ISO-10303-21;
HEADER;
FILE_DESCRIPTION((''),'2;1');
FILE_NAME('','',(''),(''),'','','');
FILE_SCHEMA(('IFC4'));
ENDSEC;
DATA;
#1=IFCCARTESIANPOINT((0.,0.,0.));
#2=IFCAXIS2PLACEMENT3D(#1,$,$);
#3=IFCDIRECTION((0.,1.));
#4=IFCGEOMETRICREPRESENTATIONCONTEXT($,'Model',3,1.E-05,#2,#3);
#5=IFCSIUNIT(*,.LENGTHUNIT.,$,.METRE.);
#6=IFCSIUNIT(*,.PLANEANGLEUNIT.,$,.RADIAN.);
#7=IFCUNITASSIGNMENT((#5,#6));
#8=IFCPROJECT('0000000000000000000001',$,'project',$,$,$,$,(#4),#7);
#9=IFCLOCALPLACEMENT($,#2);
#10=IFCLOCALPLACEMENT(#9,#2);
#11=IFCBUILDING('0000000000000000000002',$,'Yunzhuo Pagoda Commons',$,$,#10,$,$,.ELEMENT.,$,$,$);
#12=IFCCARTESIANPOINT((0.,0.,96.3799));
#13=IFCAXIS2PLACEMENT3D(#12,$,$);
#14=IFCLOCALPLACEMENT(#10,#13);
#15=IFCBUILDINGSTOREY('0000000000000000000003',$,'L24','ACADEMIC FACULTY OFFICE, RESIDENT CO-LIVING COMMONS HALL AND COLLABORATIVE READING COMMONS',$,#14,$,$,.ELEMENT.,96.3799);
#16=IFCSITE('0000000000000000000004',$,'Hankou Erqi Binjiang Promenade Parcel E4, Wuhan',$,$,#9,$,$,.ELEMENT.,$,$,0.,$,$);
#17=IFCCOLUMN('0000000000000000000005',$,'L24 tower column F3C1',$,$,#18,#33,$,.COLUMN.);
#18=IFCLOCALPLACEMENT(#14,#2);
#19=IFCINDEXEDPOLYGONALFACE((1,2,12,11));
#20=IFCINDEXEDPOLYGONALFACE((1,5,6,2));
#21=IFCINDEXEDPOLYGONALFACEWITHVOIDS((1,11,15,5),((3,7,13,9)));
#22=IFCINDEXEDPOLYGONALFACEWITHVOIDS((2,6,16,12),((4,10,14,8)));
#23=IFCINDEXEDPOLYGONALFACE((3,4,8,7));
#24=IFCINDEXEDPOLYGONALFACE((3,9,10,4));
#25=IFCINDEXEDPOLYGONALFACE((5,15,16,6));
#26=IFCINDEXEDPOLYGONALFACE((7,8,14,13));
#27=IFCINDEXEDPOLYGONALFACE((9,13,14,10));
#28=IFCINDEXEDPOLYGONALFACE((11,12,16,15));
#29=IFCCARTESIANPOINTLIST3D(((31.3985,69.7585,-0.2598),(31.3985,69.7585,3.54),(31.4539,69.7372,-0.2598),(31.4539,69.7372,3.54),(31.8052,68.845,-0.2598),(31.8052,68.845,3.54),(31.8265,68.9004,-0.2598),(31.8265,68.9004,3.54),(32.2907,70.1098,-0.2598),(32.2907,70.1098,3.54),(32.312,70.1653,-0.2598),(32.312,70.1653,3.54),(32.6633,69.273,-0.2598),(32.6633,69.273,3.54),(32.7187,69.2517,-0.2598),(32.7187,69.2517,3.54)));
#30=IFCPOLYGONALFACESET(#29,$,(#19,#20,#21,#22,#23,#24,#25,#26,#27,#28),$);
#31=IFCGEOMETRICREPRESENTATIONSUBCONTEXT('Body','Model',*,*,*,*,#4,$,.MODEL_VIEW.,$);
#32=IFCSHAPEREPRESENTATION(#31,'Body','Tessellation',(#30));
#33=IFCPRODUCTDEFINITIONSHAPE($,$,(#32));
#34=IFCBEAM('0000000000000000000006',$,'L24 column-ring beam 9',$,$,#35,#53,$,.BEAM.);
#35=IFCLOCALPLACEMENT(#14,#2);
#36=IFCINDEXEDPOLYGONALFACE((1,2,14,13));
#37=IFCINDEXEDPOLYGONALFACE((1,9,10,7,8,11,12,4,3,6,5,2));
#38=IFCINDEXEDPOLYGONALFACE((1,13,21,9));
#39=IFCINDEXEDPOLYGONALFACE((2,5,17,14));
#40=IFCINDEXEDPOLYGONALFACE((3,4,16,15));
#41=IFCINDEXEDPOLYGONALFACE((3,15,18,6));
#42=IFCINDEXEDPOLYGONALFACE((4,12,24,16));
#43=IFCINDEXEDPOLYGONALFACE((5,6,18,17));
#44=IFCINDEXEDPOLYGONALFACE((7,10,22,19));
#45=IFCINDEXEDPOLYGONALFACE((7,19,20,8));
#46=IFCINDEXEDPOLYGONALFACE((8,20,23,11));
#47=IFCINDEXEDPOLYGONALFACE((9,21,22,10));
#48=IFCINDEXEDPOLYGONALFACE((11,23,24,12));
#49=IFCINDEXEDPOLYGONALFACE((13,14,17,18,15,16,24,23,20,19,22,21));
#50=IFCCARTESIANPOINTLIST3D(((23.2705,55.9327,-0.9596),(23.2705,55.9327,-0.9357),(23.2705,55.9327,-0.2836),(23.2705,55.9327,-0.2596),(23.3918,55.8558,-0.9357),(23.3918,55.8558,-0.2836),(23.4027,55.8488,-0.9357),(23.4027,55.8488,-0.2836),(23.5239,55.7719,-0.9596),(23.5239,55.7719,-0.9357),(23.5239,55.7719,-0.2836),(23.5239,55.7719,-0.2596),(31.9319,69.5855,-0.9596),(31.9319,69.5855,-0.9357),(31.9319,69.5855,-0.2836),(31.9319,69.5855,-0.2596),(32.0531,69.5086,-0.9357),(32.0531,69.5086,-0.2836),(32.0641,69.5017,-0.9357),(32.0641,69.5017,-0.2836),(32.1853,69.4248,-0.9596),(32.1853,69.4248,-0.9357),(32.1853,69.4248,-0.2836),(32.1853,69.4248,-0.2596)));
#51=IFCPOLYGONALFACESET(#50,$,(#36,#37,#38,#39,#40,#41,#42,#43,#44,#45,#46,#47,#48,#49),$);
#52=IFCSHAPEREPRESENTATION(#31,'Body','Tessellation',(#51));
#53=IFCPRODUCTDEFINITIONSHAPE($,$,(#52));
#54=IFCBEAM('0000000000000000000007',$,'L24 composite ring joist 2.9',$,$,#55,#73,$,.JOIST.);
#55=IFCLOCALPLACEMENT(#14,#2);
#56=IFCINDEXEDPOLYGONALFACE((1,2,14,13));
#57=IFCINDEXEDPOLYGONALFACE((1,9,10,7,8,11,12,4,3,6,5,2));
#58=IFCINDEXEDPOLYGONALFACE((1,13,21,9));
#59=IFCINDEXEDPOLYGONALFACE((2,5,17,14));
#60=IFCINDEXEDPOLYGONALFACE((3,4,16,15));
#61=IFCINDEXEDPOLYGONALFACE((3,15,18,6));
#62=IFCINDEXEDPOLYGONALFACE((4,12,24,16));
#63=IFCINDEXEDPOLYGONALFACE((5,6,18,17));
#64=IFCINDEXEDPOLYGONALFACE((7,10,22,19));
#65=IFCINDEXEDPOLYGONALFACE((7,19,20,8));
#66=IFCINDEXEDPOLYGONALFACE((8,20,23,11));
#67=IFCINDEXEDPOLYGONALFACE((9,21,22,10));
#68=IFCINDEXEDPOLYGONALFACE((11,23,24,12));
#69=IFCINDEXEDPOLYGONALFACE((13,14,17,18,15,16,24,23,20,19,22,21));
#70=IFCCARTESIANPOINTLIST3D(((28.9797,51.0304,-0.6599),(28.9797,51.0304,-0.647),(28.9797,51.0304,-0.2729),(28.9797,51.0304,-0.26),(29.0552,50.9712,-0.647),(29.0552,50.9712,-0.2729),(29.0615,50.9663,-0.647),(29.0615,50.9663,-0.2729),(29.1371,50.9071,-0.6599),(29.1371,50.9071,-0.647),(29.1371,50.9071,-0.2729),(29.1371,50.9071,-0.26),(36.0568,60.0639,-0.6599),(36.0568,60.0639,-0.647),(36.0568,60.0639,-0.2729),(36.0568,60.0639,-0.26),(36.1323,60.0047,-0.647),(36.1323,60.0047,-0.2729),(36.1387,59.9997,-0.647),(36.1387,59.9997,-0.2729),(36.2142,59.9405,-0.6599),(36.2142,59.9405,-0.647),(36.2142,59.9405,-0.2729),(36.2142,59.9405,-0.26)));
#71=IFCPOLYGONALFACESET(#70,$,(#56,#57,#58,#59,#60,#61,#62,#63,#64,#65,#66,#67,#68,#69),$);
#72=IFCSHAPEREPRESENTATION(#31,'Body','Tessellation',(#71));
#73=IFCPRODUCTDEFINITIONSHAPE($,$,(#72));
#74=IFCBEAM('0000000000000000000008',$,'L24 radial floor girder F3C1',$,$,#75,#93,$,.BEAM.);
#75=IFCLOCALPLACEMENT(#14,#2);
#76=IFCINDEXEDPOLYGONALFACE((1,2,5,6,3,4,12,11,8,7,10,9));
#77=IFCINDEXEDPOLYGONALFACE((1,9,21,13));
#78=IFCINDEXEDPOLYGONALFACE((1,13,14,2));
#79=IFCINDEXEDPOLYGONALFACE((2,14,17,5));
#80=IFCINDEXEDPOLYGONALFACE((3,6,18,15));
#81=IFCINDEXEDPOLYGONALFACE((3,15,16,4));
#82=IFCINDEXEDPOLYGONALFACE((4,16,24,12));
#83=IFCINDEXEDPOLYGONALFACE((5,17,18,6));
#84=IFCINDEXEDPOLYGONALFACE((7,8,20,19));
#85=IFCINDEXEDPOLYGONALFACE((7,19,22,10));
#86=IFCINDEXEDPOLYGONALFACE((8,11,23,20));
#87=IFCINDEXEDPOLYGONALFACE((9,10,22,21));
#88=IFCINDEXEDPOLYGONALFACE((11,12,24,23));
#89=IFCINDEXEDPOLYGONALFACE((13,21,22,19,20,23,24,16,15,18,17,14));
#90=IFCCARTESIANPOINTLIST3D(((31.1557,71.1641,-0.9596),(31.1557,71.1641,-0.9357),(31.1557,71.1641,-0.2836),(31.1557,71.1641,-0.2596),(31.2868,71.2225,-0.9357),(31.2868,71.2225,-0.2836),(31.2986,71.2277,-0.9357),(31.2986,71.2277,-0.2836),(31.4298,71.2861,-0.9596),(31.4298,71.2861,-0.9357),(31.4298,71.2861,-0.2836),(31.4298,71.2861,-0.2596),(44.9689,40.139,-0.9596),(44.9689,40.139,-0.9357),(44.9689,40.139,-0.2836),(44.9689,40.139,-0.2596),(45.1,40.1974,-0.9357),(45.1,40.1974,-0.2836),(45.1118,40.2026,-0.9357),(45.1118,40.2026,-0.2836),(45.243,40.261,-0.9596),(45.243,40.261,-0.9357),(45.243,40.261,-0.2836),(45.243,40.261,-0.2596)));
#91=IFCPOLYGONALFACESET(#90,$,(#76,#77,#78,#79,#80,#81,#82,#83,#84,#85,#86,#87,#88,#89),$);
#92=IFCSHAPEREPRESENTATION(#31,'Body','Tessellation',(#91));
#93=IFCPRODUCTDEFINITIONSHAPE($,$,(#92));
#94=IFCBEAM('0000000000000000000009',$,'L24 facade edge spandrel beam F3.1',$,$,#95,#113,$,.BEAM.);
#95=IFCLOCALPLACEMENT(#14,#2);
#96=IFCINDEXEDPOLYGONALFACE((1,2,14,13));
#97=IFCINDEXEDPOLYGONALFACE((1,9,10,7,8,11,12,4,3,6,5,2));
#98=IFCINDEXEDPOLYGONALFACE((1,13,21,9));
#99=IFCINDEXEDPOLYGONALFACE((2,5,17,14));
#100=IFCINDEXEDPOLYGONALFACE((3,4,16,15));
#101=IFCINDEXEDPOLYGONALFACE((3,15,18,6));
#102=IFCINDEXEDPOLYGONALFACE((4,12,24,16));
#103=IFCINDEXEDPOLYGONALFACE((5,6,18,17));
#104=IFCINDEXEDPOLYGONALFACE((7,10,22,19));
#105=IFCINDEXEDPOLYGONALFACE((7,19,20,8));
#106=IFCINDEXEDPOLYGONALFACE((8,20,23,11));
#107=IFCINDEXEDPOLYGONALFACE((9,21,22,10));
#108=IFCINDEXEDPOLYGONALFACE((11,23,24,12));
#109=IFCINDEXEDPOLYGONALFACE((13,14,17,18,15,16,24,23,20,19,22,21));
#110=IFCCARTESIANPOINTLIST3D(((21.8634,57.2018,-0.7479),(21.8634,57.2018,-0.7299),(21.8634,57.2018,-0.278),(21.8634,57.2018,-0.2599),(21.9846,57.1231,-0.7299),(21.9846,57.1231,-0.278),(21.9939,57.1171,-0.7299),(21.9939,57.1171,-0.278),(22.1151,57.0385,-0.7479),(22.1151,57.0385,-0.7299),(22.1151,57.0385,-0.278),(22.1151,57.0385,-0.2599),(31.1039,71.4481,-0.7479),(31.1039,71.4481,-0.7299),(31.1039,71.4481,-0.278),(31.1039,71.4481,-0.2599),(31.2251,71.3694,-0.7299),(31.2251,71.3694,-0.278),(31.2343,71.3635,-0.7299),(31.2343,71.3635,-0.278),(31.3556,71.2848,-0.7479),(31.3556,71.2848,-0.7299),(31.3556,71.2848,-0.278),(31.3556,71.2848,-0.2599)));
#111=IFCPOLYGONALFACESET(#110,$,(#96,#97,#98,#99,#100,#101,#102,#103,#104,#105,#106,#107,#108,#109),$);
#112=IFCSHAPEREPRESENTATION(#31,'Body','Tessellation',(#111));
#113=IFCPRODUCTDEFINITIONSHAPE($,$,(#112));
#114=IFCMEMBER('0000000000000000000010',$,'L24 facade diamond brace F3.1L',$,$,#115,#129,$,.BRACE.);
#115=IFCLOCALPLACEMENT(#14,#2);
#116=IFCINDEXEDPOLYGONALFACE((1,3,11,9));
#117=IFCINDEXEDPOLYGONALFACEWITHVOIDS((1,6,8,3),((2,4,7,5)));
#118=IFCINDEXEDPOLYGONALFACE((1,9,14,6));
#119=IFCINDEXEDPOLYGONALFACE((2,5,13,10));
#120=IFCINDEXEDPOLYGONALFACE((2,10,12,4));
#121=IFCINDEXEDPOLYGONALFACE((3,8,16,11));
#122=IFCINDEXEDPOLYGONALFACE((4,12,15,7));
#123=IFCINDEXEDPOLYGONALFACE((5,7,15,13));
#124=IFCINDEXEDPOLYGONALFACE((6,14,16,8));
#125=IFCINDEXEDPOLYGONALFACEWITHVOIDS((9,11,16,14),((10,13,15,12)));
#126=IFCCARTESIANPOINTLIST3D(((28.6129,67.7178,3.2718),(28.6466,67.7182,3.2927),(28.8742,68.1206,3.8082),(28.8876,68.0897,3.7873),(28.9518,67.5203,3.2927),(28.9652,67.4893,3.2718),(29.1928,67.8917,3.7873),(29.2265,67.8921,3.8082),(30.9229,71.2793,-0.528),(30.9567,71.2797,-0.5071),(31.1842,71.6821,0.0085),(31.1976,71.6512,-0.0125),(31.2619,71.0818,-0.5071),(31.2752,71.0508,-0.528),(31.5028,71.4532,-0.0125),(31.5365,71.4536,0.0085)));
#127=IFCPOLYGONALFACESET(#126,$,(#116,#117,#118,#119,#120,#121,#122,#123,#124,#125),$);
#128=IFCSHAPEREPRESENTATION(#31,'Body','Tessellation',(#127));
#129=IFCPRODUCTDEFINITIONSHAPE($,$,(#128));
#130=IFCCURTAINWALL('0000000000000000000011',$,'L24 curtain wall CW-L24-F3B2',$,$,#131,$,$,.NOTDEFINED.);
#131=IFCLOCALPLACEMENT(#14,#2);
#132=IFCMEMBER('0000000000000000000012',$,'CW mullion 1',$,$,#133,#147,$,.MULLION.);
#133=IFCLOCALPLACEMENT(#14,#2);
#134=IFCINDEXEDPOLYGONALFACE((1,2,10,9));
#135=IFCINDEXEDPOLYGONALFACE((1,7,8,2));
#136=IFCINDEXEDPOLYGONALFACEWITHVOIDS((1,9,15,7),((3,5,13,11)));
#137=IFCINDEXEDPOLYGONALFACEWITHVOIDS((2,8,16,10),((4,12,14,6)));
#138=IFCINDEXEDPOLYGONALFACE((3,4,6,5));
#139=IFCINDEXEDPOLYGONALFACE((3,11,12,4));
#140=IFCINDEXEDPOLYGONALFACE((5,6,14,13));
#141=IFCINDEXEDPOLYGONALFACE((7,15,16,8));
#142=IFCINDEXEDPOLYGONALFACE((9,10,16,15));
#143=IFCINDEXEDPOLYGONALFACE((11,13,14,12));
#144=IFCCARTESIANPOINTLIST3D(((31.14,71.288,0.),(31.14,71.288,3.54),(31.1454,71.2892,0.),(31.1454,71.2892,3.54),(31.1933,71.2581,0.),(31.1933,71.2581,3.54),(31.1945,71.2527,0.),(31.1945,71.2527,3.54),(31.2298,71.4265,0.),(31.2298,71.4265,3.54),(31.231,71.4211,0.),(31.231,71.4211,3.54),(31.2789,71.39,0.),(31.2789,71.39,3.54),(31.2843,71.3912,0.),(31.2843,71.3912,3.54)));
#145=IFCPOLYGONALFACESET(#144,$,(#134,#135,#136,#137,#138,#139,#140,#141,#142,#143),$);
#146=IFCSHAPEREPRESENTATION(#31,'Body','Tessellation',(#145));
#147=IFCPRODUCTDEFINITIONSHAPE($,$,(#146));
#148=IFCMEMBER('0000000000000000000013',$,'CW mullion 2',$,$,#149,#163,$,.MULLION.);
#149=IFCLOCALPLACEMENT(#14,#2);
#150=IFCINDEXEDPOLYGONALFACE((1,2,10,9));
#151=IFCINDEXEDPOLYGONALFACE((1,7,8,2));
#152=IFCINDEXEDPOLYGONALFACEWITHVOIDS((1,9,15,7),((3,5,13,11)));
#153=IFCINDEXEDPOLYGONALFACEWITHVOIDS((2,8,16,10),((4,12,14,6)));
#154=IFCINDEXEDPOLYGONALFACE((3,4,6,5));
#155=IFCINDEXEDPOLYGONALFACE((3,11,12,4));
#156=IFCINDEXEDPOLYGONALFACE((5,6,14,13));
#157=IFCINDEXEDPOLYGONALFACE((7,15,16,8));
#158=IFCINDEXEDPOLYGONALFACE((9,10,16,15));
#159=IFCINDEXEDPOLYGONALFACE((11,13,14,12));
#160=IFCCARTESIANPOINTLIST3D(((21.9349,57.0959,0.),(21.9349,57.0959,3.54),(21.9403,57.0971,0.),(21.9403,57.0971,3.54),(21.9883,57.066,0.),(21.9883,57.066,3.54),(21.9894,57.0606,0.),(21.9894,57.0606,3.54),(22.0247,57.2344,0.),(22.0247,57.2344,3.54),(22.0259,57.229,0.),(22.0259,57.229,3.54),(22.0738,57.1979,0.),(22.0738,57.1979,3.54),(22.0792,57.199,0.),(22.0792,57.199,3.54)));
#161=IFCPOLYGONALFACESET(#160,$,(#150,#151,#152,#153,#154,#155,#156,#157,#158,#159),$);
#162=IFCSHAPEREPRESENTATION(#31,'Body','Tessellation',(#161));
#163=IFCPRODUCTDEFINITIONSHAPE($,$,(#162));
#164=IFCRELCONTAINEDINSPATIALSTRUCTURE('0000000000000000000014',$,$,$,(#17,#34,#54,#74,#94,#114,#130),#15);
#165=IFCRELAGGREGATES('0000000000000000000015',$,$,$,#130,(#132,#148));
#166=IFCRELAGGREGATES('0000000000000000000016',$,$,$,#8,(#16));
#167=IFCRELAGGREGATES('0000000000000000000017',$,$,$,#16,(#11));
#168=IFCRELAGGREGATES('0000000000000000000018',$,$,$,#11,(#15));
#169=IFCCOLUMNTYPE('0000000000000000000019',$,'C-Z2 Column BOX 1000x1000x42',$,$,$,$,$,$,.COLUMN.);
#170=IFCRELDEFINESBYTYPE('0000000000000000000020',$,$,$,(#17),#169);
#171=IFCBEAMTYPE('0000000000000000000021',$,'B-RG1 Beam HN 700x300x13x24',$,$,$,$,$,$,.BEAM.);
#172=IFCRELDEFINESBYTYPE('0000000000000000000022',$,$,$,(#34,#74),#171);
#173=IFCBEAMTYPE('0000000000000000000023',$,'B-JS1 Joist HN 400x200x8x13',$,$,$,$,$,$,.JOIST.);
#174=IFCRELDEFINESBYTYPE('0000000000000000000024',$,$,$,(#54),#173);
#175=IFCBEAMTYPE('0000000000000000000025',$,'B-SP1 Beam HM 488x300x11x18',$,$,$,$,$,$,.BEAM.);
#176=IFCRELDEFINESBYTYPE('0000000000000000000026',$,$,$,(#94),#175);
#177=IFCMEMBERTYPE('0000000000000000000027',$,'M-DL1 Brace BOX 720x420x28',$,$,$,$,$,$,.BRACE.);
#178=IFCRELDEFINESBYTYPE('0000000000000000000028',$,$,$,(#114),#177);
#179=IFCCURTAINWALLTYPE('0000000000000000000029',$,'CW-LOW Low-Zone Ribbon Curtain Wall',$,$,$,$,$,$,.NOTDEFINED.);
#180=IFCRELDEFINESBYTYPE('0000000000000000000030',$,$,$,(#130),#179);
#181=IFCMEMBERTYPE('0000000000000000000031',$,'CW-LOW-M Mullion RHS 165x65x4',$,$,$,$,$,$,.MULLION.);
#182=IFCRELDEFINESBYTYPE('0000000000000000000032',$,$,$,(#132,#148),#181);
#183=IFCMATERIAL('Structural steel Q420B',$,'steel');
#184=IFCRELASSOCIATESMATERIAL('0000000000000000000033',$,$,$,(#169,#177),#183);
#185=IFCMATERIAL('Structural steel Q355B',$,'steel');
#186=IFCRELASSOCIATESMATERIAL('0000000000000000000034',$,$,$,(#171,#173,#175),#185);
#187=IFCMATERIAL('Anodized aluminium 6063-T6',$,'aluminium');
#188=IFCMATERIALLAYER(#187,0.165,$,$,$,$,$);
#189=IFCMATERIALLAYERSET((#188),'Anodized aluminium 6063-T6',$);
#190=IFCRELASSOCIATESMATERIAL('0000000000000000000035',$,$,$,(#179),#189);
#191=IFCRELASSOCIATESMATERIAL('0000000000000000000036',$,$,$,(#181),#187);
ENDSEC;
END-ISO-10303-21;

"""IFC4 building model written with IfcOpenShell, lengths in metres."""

from ifc_helpers import new_model, si_unit, direction, frame, origin, origin_2d, place, context, subcontext, project, spatial, hollow_rectangle, i_section, extrude, source, transform, mapped, material, layer, layer_set, material_profile, profile_set, type_object, element, aggregate, save


model = new_model("IFC4")

# Units and contexts
model_context = context("Model", 3, precision=1e-05, world=origin(), true_north=direction((0.0, 1.0)))
body_context = subcontext(model_context, "Body", "Model", "MODEL_VIEW")
ifc_project = project(units=[si_unit("LENGTHUNIT", "METRE"), si_unit("PLANEANGLEUNIT", "RADIAN")], contexts=[model_context])

# Site, building, storey
site_placement = place(None, origin())
site = spatial("IfcSite", under=ifc_project, at=site_placement, Name="Hankou Erqi Binjiang Promenade Parcel E4, Wuhan", CompositionType="ELEMENT", RefElevation=0.0)
building_placement = place(site_placement, origin())
building = spatial("IfcBuilding", under=site, at=building_placement, Name="Yunzhuo Pagoda Commons", CompositionType="ELEMENT")
storey_placement = place(building_placement, frame((0.0, 0.0, 96.3799)))
storey = spatial("IfcBuildingStorey", under=building, at=storey_placement, Name="L24", Description="ACADEMIC FACULTY OFFICE, RESIDENT CO-LIVING COMMONS HALL AND COLLABORATIVE READING COMMONS", CompositionType="ELEMENT", Elevation=96.3799)

# Column
ifc_material_1 = material(Name="Structural steel Q420B", Category="steel")
ifc_material_profile_1 = material_profile(ifc_material_1, hollow_rectangle(XDim=1.0, YDim=1.0, WallThickness=0.042, at=origin_2d()), Name="Structural steel Q420B")
ifc_profile_set_1 = profile_set([ifc_material_profile_1], Name="Structural steel Q420B")
column_type = type_object("IfcColumnType", Name="C-Z2 Column BOX 1000x1000x42", PredefinedType="COLUMN", material=ifc_profile_set_1)
shared_shape_1 = source(origin(), body_context, "Body", "SweptSolid", [
    extrude(hollow_rectangle(XDim=1.0, YDim=1.0, WallThickness=0.042, at=origin_2d()), origin(), (0.0, 0.0, 1.0), 3.7998),
])
column_placement = place(storey_placement, frame((32.0586, 69.5051, -0.2598), z_axis=(0.0, 0.0, 1.0), x_axis=(-0.913545, -0.406737, 0.0)))
element("IfcColumn", 1, at=column_placement, inside=storey, type_object=column_type, Name="L24 tower column F3C1", PredefinedType="COLUMN", context=body_context, shape_type="MappedRepresentation", body=[
    mapped(shared_shape_1, transform((0.0, 0.0, 0.0), scale=1.0)),
])

# Beams
ifc_material_2 = material(Name="Structural steel Q355B", Category="steel")
ifc_material_profile_2 = material_profile(ifc_material_2, i_section(OverallWidth=0.3, OverallDepth=0.7, WebThickness=0.0129, FlangeThickness=0.0239, at=origin_2d()), Name="Structural steel Q355B")
ifc_profile_set_2 = profile_set([ifc_material_profile_2], Name="Structural steel Q355B")
beam_type_1 = type_object("IfcBeamType", Name="B-RG1 Beam HN 700x300x13x24", PredefinedType="BEAM", material=ifc_profile_set_2)
shared_shape_2 = source(origin(), body_context, "Body", "SweptSolid", [
    extrude(i_section(OverallWidth=0.3, OverallDepth=0.7, WebThickness=0.0129, FlangeThickness=0.0239, at=origin_2d()), origin(), (0.0, 0.0, 1.0), 16.1685),
])
beam_1_placement = place(storey_placement, frame((32.0586, 69.5051, -0.6096), z_axis=(-0.535696, -0.844411, 0.0), x_axis=(0.844411, -0.535696, 0.0)))
element("IfcBeam", 2, at=beam_1_placement, inside=storey, type_object=beam_type_1, Name="L24 column-ring beam 9", PredefinedType="BEAM", context=body_context, shape_type="MappedRepresentation", body=[
    mapped(shared_shape_2, transform((0.0, 0.0, 0.0), scale=1.0)),
])
ifc_material_profile_3 = material_profile(ifc_material_2, i_section(OverallWidth=0.2, OverallDepth=0.3999, WebThickness=0.0081, FlangeThickness=0.0129, at=origin_2d()), Name="Structural steel Q355B")
ifc_profile_set_3 = profile_set([ifc_material_profile_3], Name="Structural steel Q355B")
beam_type_2 = type_object("IfcBeamType", Name="B-JS1 Joist HN 400x200x8x13", PredefinedType="JOIST", material=ifc_profile_set_3)
shared_shape_3 = source(origin(), body_context, "Body", "SweptSolid", [
    extrude(i_section(OverallWidth=0.2, OverallDepth=0.3999, WebThickness=0.0081, FlangeThickness=0.0129, at=origin_2d()), origin(), (0.0, 0.0, 1.0), 11.4756),
])
beam_2_placement = place(storey_placement, frame((36.1355, 60.0022, -0.46), z_axis=(-0.616713, -0.787188, 0.0), x_axis=(0.787188, -0.616713, 0.0)))
element("IfcBeam", 3, at=beam_2_placement, inside=storey, type_object=beam_type_2, Name="L24 composite ring joist 2.9", PredefinedType="JOIST", context=body_context, shape_type="MappedRepresentation", body=[
    mapped(shared_shape_3, transform((0.0, 0.0, 0.0), scale=1.0)),
])
shared_shape_4 = source(origin(), body_context, "Body", "SweptSolid", [
    extrude(i_section(OverallWidth=0.3, OverallDepth=0.7, WebThickness=0.0129, FlangeThickness=0.0239, at=origin_2d()), origin(), (0.0, 0.0, 1.0), 33.9612),
])
beam_3_placement = place(storey_placement, frame((31.2927, 71.2251, -0.6096), z_axis=(0.406735, -0.913546, 0.0), x_axis=(0.913546, 0.406735, 0.0)))
element("IfcBeam", 4, at=beam_3_placement, inside=storey, type_object=beam_type_1, Name="L24 radial floor girder F3C1", PredefinedType="BEAM", context=body_context, shape_type="MappedRepresentation", body=[
    mapped(shared_shape_4, transform((0.0, 0.0, 0.0), scale=1.0)),
])
ifc_material_profile_4 = material_profile(ifc_material_2, i_section(OverallWidth=0.3, OverallDepth=0.488, WebThickness=0.011, FlangeThickness=0.0181, at=origin_2d()), Name="Structural steel Q355B")
ifc_profile_set_4 = profile_set([ifc_material_profile_4], Name="Structural steel Q355B")
beam_type_3 = type_object("IfcBeamType", Name="B-SP1 Beam HM 488x300x11x18", PredefinedType="BEAM", material=ifc_profile_set_4)
shared_shape_5 = source(origin(), body_context, "Body", "SweptSolid", [
    extrude(i_section(OverallWidth=0.3, OverallDepth=0.488, WebThickness=0.011, FlangeThickness=0.0181, at=origin_2d()), origin(), (0.0, 0.0, 1.0), 16.9807),
])
beam_4_placement = place(storey_placement, frame((31.2297, 71.3665, -0.5039), z_axis=(-0.544175, -0.838972, 0.0), x_axis=(0.838972, -0.544175, 0.0)))
element("IfcBeam", 5, at=beam_4_placement, inside=storey, type_object=beam_type_3, Name="L24 facade edge spandrel beam F3.1", PredefinedType="BEAM", context=body_context, shape_type="MappedRepresentation", body=[
    mapped(shared_shape_5, transform((0.0, 0.0, 0.0), scale=1.0)),
])

# Member
ifc_material_profile_5 = material_profile(ifc_material_1, hollow_rectangle(XDim=0.4199, YDim=0.72, WallThickness=0.0281, at=origin_2d()), Name="Structural steel Q420B")
ifc_profile_set_5 = profile_set([ifc_material_profile_5], Name="Structural steel Q420B")
member_type_1 = type_object("IfcMemberType", Name="M-DL1 Brace BOX 720x420x28", PredefinedType="BRACE", material=ifc_profile_set_5)
shared_shape_6 = source(origin(), body_context, "Body", "SweptSolid", [
    extrude(hollow_rectangle(XDim=0.4199, YDim=0.72, WallThickness=0.0281, at=origin_2d()), origin(), (0.0, 0.0, 1.0), 5.6973),
])
member_1_placement = place(storey_placement, frame((31.2297, 71.3665, -0.2598), z_axis=(-0.405465, -0.625124, 0.666947), x_axis=(0.838974, -0.544171, 0.0)))
element("IfcMember", 6, at=member_1_placement, inside=storey, type_object=member_type_1, Name="L24 facade diamond brace F3.1L", PredefinedType="BRACE", context=body_context, shape_type="MappedRepresentation", body=[
    mapped(shared_shape_6, transform((0.0, 0.0, 0.0), scale=1.0)),
])

# Curtain wall, members
ifc_material_3 = material(Name="Anodized aluminium 6063-T6", Category="aluminium")
ifc_layer_1 = layer(ifc_material_3, 0.165)
ifc_layer_set_1 = layer_set([ifc_layer_1], Name="Anodized aluminium 6063-T6")
curtain_wall_type = type_object("IfcCurtainWallType", Name="CW-LOW Low-Zone Ribbon Curtain Wall", PredefinedType="NOTDEFINED", material=ifc_layer_set_1)
curtain_wall_1_placement = place(storey_placement, origin())
curtain_wall_1 = element("IfcCurtainWall", 7, at=curtain_wall_1_placement, inside=storey, type_object=curtain_wall_type, Name="L24 curtain wall CW-L24-F3B2", PredefinedType="NOTDEFINED")
ifc_material_profile_6 = material_profile(ifc_material_3, hollow_rectangle(XDim=0.0649, YDim=0.165, WallThickness=0.0039, at=origin_2d()), Name="Anodized aluminium 6063-T6")
ifc_profile_set_6 = profile_set([ifc_material_profile_6], Name="Anodized aluminium 6063-T6")
member_type_2 = type_object("IfcMemberType", Name="CW-LOW-M Mullion RHS 165x65x4", PredefinedType="MULLION", material=ifc_profile_set_6)
shared_shape_7 = source(origin(), body_context, "Body", "SweptSolid", [
    extrude(hollow_rectangle(XDim=0.0649, YDim=0.165, WallThickness=0.0039, at=origin_2d()), origin(), (0.0, 0.0, 1.0), 3.54),
])
member_2_placement = place(storey_placement, frame((31.2122, 71.3396, 0.0), z_axis=(0.0, 0.0, 1.0), x_axis=(0.838972, -0.544174, 0.0)))
member_2 = element("IfcMember", 8, at=member_2_placement, type_object=member_type_2, Name="CW mullion 1", PredefinedType="MULLION", context=body_context, shape_type="MappedRepresentation", body=[
    mapped(shared_shape_7, transform((0.0, 0.0, 0.0), scale=1.0)),
])
member_3_placement = place(storey_placement, frame((22.0071, 57.1475, 0.0), z_axis=(0.0, 0.0, 1.0), x_axis=(0.838972, -0.544174, 0.0)))
member_3 = element("IfcMember", 9, at=member_3_placement, type_object=member_type_2, Name="CW mullion 2", PredefinedType="MULLION", context=body_context, shape_type="MappedRepresentation", body=[
    mapped(shared_shape_7, transform((0.0, 0.0, 0.0), scale=1.0)),
])

aggregate(curtain_wall_1, [member_2, member_3])

save(model, "model.ifc")
